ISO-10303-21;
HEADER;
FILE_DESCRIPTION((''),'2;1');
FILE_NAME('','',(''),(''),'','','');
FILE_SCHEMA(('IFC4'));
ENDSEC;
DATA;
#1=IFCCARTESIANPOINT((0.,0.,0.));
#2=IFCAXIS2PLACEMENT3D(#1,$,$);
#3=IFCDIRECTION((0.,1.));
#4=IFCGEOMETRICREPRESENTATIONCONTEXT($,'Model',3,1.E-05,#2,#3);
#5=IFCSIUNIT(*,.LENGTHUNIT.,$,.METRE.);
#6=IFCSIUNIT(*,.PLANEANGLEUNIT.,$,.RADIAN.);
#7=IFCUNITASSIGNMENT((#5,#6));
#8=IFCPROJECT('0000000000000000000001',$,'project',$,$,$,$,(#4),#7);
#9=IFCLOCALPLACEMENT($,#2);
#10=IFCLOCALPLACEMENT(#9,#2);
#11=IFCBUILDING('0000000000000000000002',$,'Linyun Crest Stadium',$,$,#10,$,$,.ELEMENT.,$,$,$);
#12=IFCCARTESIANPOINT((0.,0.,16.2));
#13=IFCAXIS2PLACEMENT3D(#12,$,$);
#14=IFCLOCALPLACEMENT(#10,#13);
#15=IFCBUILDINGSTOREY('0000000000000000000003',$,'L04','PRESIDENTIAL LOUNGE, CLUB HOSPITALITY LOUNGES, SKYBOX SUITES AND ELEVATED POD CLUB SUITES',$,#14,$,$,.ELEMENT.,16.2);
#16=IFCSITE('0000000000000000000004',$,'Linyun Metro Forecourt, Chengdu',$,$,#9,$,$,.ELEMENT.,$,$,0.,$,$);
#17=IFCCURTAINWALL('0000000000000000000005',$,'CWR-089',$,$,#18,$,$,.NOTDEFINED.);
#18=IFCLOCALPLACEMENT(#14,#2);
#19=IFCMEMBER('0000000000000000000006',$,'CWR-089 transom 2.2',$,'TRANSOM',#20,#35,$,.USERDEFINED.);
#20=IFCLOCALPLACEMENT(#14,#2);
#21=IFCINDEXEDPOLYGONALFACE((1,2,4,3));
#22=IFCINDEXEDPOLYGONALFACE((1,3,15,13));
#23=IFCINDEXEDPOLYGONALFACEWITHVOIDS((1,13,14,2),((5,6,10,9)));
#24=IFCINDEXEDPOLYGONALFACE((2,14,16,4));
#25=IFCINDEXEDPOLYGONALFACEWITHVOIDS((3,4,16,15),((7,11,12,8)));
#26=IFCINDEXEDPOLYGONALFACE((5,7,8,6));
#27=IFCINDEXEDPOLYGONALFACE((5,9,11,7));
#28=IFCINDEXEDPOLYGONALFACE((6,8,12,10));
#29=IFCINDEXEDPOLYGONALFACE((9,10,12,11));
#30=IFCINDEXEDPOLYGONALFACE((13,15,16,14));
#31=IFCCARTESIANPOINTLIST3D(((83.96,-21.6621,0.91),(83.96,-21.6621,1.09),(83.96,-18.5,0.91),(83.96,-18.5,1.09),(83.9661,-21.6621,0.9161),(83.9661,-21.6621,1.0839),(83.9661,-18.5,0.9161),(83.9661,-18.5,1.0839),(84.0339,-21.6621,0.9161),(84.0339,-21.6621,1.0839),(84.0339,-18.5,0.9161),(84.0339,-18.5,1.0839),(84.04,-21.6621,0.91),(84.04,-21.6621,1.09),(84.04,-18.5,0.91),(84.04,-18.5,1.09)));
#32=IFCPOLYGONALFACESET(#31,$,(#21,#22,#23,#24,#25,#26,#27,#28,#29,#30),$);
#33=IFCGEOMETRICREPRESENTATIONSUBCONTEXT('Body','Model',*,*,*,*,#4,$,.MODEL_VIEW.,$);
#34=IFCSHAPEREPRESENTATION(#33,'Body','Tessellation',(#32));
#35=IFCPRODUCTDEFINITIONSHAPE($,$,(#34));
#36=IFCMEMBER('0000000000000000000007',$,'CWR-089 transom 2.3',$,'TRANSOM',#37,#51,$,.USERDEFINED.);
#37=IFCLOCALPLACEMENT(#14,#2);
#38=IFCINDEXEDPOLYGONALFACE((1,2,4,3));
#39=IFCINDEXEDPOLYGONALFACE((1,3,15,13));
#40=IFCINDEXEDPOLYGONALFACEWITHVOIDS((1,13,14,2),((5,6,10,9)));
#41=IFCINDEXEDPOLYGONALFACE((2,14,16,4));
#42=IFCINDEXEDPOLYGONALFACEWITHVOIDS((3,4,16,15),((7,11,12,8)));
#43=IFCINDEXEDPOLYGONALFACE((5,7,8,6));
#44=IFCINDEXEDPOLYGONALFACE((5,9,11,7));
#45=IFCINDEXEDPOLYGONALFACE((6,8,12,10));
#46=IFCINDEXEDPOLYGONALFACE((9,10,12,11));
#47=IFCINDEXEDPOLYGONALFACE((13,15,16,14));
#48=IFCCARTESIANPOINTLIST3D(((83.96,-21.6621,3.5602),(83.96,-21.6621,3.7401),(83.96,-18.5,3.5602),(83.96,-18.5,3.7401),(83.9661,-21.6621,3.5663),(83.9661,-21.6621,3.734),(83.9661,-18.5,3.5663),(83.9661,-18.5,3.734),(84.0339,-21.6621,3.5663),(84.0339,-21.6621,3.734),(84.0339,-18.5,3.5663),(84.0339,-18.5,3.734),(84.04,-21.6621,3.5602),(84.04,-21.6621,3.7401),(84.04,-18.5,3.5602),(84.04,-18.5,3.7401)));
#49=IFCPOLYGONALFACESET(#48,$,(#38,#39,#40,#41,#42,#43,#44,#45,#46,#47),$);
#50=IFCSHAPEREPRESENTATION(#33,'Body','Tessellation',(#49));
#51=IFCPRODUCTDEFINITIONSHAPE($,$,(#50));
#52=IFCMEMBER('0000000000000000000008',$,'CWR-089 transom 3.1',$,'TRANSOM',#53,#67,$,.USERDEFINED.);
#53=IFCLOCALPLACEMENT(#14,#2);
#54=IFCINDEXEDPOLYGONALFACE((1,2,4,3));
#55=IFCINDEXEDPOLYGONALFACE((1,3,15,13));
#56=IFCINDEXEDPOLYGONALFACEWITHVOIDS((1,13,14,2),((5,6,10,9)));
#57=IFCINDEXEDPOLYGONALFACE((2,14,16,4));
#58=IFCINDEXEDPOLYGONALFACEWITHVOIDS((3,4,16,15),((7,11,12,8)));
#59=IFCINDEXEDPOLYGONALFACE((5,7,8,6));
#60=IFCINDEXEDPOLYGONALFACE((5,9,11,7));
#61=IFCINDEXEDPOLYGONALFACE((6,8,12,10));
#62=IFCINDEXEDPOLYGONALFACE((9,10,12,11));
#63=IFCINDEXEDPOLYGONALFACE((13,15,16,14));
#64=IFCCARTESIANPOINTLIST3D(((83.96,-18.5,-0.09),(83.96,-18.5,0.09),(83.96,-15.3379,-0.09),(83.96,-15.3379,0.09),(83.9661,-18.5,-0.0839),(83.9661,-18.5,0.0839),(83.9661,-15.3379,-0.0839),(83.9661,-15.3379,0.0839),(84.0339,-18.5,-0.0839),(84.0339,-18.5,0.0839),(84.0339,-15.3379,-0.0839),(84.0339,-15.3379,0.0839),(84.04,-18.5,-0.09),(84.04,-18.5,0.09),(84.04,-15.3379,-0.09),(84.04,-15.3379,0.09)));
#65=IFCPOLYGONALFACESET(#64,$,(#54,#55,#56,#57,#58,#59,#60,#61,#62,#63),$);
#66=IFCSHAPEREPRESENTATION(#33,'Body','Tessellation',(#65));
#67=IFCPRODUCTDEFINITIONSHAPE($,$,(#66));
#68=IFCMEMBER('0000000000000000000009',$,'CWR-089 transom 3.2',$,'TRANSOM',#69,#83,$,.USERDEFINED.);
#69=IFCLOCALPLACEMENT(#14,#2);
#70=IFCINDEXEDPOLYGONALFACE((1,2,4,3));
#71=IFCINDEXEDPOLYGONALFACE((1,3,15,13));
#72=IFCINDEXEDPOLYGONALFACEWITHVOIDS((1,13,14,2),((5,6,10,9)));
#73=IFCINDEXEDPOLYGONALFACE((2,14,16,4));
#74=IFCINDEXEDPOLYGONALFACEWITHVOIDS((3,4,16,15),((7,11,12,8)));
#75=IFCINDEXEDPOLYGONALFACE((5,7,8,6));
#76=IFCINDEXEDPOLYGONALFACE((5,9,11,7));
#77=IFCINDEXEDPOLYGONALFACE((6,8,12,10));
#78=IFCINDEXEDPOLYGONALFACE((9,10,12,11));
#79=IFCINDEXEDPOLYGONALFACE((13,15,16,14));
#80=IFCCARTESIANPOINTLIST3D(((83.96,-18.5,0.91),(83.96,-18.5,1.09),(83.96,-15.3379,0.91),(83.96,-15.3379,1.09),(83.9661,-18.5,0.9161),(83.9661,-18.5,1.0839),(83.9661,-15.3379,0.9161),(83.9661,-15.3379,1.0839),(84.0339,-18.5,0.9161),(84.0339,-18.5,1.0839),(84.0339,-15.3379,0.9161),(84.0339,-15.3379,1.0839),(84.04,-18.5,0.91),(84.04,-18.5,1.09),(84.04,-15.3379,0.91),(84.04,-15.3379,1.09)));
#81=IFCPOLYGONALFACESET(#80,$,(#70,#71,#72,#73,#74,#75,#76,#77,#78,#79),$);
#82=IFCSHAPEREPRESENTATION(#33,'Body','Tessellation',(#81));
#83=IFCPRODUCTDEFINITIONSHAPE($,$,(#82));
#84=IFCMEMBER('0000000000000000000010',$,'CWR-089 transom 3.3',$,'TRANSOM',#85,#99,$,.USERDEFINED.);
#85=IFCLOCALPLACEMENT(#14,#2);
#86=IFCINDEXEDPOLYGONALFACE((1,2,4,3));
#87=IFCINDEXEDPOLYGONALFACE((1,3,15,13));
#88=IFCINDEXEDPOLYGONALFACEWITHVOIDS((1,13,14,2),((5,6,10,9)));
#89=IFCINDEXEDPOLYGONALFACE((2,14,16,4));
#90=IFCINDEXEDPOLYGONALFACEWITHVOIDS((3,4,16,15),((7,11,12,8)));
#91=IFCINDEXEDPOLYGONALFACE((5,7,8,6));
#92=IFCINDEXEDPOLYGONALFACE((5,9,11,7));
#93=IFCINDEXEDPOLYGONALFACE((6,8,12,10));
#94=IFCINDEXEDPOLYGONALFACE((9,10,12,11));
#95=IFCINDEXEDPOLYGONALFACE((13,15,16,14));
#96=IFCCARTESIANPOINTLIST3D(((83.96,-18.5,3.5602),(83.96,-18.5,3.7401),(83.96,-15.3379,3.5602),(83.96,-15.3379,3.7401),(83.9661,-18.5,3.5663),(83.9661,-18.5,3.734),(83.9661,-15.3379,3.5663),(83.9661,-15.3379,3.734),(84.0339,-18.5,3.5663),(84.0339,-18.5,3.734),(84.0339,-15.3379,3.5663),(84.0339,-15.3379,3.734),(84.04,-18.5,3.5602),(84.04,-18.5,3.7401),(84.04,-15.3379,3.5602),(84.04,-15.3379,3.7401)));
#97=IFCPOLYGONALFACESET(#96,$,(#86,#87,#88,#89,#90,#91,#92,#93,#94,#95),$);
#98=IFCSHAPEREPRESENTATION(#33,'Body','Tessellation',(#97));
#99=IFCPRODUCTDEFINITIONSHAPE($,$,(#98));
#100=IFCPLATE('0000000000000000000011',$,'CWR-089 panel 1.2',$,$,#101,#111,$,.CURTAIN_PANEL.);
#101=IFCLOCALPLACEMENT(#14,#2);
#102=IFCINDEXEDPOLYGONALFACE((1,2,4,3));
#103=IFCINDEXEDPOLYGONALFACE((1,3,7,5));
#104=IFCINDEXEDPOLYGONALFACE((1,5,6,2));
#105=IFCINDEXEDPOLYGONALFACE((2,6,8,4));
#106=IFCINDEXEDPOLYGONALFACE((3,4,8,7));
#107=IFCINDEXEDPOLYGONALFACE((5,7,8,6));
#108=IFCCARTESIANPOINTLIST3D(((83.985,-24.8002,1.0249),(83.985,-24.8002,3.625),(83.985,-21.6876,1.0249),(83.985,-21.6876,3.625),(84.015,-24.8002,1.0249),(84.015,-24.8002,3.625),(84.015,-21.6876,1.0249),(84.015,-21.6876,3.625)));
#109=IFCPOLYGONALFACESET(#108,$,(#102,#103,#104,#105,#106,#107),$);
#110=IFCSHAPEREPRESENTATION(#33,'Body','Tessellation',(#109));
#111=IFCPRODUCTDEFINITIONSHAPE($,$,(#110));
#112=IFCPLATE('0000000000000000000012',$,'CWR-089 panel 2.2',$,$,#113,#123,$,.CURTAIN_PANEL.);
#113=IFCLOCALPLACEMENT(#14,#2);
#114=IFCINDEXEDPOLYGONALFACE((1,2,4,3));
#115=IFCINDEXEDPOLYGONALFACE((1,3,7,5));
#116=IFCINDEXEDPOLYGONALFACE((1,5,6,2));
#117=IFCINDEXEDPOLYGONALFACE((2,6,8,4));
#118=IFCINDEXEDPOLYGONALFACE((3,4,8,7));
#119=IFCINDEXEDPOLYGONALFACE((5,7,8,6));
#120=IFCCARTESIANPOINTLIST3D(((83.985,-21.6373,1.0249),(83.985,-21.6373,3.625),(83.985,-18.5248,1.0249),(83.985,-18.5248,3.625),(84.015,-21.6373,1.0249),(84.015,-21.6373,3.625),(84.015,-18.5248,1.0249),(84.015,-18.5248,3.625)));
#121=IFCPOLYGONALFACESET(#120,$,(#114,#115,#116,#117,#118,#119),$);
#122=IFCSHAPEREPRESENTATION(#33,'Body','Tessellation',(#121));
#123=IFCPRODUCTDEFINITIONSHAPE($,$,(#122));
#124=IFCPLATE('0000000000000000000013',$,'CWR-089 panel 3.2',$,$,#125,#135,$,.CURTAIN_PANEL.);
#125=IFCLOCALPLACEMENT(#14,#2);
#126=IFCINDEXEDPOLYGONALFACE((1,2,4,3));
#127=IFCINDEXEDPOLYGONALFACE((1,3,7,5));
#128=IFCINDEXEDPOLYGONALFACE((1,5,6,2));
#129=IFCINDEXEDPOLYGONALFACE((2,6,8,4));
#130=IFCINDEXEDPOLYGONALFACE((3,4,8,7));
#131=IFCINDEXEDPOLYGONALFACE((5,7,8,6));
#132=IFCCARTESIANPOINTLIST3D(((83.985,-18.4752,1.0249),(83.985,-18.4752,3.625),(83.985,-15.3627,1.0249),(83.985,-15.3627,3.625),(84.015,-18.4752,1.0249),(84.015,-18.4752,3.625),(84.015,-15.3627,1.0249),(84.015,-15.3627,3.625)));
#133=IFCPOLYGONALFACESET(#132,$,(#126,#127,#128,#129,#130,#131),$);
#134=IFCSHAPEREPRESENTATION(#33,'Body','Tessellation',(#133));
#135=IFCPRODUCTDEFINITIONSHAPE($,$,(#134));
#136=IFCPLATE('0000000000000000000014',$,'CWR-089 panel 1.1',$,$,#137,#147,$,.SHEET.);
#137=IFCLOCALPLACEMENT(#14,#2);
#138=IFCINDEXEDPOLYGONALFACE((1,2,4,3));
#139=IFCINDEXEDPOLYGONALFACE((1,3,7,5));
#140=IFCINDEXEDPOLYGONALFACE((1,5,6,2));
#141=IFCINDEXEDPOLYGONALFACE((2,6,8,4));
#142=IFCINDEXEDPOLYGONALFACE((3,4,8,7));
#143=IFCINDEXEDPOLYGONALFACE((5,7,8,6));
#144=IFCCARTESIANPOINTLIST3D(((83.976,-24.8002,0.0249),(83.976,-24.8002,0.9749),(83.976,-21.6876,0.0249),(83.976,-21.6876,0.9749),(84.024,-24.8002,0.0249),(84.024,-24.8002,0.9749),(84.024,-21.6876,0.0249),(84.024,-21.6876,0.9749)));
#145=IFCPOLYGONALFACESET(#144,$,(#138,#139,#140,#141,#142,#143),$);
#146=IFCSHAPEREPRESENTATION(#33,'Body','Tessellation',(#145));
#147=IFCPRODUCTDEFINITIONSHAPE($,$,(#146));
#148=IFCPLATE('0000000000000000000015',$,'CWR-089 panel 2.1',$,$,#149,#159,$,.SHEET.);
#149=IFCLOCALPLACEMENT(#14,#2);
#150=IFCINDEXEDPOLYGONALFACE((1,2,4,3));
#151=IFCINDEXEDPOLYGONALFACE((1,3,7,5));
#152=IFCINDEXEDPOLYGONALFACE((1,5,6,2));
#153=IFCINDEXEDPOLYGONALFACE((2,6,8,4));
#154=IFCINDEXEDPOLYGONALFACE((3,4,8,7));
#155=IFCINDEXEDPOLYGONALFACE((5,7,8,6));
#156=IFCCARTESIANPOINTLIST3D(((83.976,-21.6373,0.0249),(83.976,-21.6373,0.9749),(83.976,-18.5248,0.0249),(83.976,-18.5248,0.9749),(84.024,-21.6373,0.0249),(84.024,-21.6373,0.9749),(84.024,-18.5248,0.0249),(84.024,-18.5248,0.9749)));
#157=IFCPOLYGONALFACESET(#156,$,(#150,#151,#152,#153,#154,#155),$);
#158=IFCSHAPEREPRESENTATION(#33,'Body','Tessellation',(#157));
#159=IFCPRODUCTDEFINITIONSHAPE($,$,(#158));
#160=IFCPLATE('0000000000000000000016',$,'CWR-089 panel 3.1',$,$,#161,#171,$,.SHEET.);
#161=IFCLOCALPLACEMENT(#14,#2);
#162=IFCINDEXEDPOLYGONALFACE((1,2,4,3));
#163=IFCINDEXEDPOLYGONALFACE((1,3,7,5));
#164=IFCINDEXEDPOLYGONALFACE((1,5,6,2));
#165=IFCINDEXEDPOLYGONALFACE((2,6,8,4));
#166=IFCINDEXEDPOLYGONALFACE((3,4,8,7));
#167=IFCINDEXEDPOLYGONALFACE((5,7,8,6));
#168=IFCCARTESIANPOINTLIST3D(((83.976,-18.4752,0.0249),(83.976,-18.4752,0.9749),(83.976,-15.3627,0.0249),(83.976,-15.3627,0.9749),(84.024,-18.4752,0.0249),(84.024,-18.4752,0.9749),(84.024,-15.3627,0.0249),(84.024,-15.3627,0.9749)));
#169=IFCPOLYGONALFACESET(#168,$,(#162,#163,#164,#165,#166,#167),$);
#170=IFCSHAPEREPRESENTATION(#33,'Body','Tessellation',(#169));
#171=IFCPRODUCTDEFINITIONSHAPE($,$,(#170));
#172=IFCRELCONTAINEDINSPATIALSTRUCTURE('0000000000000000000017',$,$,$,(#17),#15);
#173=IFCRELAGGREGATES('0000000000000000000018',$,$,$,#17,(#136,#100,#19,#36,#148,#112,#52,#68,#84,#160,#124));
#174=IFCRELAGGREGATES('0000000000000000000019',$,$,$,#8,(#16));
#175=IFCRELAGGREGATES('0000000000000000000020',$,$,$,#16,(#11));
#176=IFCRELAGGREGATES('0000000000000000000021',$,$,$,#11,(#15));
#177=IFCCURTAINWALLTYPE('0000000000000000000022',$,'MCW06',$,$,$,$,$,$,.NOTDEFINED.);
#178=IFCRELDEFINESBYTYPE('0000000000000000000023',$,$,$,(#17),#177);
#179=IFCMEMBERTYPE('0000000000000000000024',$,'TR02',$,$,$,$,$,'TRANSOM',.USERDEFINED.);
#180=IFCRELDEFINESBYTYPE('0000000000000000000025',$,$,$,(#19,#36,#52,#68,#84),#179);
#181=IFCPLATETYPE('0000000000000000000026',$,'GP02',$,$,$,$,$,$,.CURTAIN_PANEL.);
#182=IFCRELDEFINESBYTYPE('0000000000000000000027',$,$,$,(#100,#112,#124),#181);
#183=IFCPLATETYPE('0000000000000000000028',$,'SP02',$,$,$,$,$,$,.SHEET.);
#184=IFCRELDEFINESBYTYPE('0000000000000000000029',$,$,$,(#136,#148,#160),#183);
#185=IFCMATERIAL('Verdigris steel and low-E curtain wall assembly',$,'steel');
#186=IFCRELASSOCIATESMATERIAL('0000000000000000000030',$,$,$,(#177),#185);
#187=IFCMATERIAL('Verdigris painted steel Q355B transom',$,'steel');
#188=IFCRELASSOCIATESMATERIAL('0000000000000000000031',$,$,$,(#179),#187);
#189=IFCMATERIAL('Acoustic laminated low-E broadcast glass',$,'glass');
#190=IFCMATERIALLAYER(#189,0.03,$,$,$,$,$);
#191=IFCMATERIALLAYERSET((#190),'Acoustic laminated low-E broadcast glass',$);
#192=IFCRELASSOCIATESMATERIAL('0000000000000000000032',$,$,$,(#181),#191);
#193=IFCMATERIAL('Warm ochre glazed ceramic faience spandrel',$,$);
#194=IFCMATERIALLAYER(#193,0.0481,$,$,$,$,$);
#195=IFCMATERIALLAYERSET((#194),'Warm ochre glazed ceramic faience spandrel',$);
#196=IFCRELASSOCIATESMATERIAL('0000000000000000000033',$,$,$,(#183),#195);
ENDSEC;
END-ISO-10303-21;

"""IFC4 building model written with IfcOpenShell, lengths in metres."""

from ifc_helpers import new_model, si_unit, direction, frame, origin, origin_2d, place, context, subcontext, project, spatial, rectangle, hollow_rectangle, extrude, material, layer, layer_set, material_profile, profile_set, type_object, element, aggregate, save


model = new_model("IFC4")

# Units and contexts
model_context = context("Model", 3, precision=1e-05, world=origin(), true_north=direction((0.0, 1.0)))
body_context = subcontext(model_context, "Body", "Model", "MODEL_VIEW")
ifc_project = project(units=[si_unit("LENGTHUNIT", "METRE"), si_unit("PLANEANGLEUNIT", "RADIAN")], contexts=[model_context])

# Site, building, storey
site_placement = place(None, origin())
site = spatial("IfcSite", under=ifc_project, at=site_placement, Name="Linyun Metro Forecourt, Chengdu", CompositionType="ELEMENT", RefElevation=0.0)
building_placement = place(site_placement, origin())
building = spatial("IfcBuilding", under=site, at=building_placement, Name="Linyun Crest Stadium", CompositionType="ELEMENT")
storey_placement = place(building_placement, frame((0.0, 0.0, 16.2)))
storey = spatial("IfcBuildingStorey", under=building, at=storey_placement, Name="L04", Description="PRESIDENTIAL LOUNGE, CLUB HOSPITALITY LOUNGES, SKYBOX SUITES AND ELEVATED POD CLUB SUITES", CompositionType="ELEMENT", Elevation=16.2)

# Curtain wall
ifc_material_1 = material(Name="Verdigris steel and low-E curtain wall assembly", Category="steel")
curtain_wall_type = type_object("IfcCurtainWallType", Name="MCW06", PredefinedType="NOTDEFINED", material=ifc_material_1)
curtain_wall_placement = place(storey_placement, origin())
curtain_wall = element("IfcCurtainWall", 1, at=curtain_wall_placement, inside=storey, type_object=curtain_wall_type, Name="CWR-089", PredefinedType="NOTDEFINED")

# Members
ifc_material_2 = material(Name="Verdigris painted steel Q355B transom", Category="steel")
ifc_material_profile_1 = material_profile(ifc_material_2, hollow_rectangle(XDim=0.0801, YDim=0.1799, WallThickness=0.0061, at=origin_2d()), Name="RHS 180x80x6")
ifc_profile_set_1 = profile_set([ifc_material_profile_1], Name="Verdigris painted steel Q355B transom")
member_type_1 = type_object("IfcMemberType", Name="TR02", ElementType="TRANSOM", PredefinedType="USERDEFINED", material=ifc_profile_set_1)
member_1_placement = place(storey_placement, frame((84.0, -21.6621, 1.0), z_axis=(0.0, 1.0, 0.0), x_axis=(-1.0, 0.0, 0.0)))
member_1 = element("IfcMember", 2, at=member_1_placement, type_object=member_type_1, Name="CWR-089 transom 2.2", ObjectType="TRANSOM", PredefinedType="USERDEFINED", context=body_context, shape_type="SweptSolid", body=[
    extrude(hollow_rectangle(XDim=0.0801, YDim=0.1799, WallThickness=0.0061, at=origin_2d()), origin(), (0.0, 0.0, 1.0), 3.1621),
])
member_2_placement = place(storey_placement, frame((84.0, -21.6621, 3.6501), z_axis=(0.0, 1.0, 0.0), x_axis=(-1.0, 0.0, 0.0)))
member_2 = element("IfcMember", 3, at=member_2_placement, type_object=member_type_1, Name="CWR-089 transom 2.3", ObjectType="TRANSOM", PredefinedType="USERDEFINED", context=body_context, shape_type="SweptSolid", body=[
    extrude(hollow_rectangle(XDim=0.0801, YDim=0.1799, WallThickness=0.0061, at=origin_2d()), origin(), (0.0, 0.0, 1.0), 3.1621),
])
member_3_placement = place(storey_placement, frame((84.0, -18.5, 0.0), z_axis=(0.0, 1.0, 0.0), x_axis=(-1.0, 0.0, 0.0)))
member_3 = element("IfcMember", 4, at=member_3_placement, type_object=member_type_1, Name="CWR-089 transom 3.1", ObjectType="TRANSOM", PredefinedType="USERDEFINED", context=body_context, shape_type="SweptSolid", body=[
    extrude(hollow_rectangle(XDim=0.0801, YDim=0.1799, WallThickness=0.0061, at=origin_2d()), origin(), (0.0, 0.0, 1.0), 3.1621),
])
member_4_placement = place(storey_placement, frame((84.0, -18.5, 1.0), z_axis=(0.0, 1.0, 0.0), x_axis=(-1.0, 0.0, 0.0)))
member_4 = element("IfcMember", 5, at=member_4_placement, type_object=member_type_1, Name="CWR-089 transom 3.2", ObjectType="TRANSOM", PredefinedType="USERDEFINED", context=body_context, shape_type="SweptSolid", body=[
    extrude(hollow_rectangle(XDim=0.0801, YDim=0.1799, WallThickness=0.0061, at=origin_2d()), origin(), (0.0, 0.0, 1.0), 3.1621),
])
member_5_placement = place(storey_placement, frame((84.0, -18.5, 3.6501), z_axis=(0.0, 1.0, 0.0), x_axis=(-1.0, 0.0, 0.0)))
member_5 = element("IfcMember", 6, at=member_5_placement, type_object=member_type_1, Name="CWR-089 transom 3.3", ObjectType="TRANSOM", PredefinedType="USERDEFINED", context=body_context, shape_type="SweptSolid", body=[
    extrude(hollow_rectangle(XDim=0.0801, YDim=0.1799, WallThickness=0.0061, at=origin_2d()), origin(), (0.0, 0.0, 1.0), 3.1621),
])

# Plates
ifc_material_3 = material(Name="Acoustic laminated low-E broadcast glass", Category="glass")
ifc_layer_1 = layer(ifc_material_3, 0.03)
ifc_layer_set_1 = layer_set([ifc_layer_1], Name="Acoustic laminated low-E broadcast glass")
plate_type_1 = type_object("IfcPlateType", Name="GP02", PredefinedType="CURTAIN_PANEL", material=ifc_layer_set_1)
plate_1_placement = place(storey_placement, frame((84.0, -23.2439, 1.0249), z_axis=(0.0, 0.0, 1.0), x_axis=(0.0, 1.0, 0.0)))
plate_1 = element("IfcPlate", 7, at=plate_1_placement, type_object=plate_type_1, Name="CWR-089 panel 1.2", PredefinedType="CURTAIN_PANEL", context=body_context, shape_type="SweptSolid", body=[
    extrude(rectangle(XDim=3.1125, YDim=0.03, at=origin_2d()), origin(), (0.0, 0.0, 1.0), 2.6001),
])
plate_2_placement = place(storey_placement, frame((84.0, -20.0811, 1.0249), z_axis=(0.0, 0.0, 1.0), x_axis=(0.0, 1.0, 0.0)))
plate_2 = element("IfcPlate", 8, at=plate_2_placement, type_object=plate_type_1, Name="CWR-089 panel 2.2", PredefinedType="CURTAIN_PANEL", context=body_context, shape_type="SweptSolid", body=[
    extrude(rectangle(XDim=3.1125, YDim=0.03, at=origin_2d()), origin(), (0.0, 0.0, 1.0), 2.6001),
])
plate_3_placement = place(storey_placement, frame((84.0, -16.9189, 1.0249), z_axis=(0.0, 0.0, 1.0), x_axis=(0.0, 1.0, 0.0)))
plate_3 = element("IfcPlate", 9, at=plate_3_placement, type_object=plate_type_1, Name="CWR-089 panel 3.2", PredefinedType="CURTAIN_PANEL", context=body_context, shape_type="SweptSolid", body=[
    extrude(rectangle(XDim=3.1125, YDim=0.03, at=origin_2d()), origin(), (0.0, 0.0, 1.0), 2.6001),
])
ifc_material_4 = material(Name="Warm ochre glazed ceramic faience spandrel")
ifc_layer_2 = layer(ifc_material_4, 0.0481)
ifc_layer_set_2 = layer_set([ifc_layer_2], Name="Warm ochre glazed ceramic faience spandrel")
plate_type_2 = type_object("IfcPlateType", Name="SP02", PredefinedType="SHEET", material=ifc_layer_set_2)
plate_4_placement = place(storey_placement, frame((84.0, -23.2439, 0.0249), z_axis=(0.0, 0.0, 1.0), x_axis=(0.0, 1.0, 0.0)))
plate_4 = element("IfcPlate", 10, at=plate_4_placement, type_object=plate_type_2, Name="CWR-089 panel 1.1", PredefinedType="SHEET", context=body_context, shape_type="SweptSolid", body=[
    extrude(rectangle(XDim=3.1125, YDim=0.0481, at=origin_2d()), origin(), (0.0, 0.0, 1.0), 0.95),
])
plate_5_placement = place(storey_placement, frame((84.0, -20.0811, 0.0249), z_axis=(0.0, 0.0, 1.0), x_axis=(0.0, 1.0, 0.0)))
plate_5 = element("IfcPlate", 11, at=plate_5_placement, type_object=plate_type_2, Name="CWR-089 panel 2.1", PredefinedType="SHEET", context=body_context, shape_type="SweptSolid", body=[
    extrude(rectangle(XDim=3.1125, YDim=0.0481, at=origin_2d()), origin(), (0.0, 0.0, 1.0), 0.95),
])
plate_6_placement = place(storey_placement, frame((84.0, -16.9189, 0.0249), z_axis=(0.0, 0.0, 1.0), x_axis=(0.0, 1.0, 0.0)))
plate_6 = element("IfcPlate", 12, at=plate_6_placement, type_object=plate_type_2, Name="CWR-089 panel 3.1", PredefinedType="SHEET", context=body_context, shape_type="SweptSolid", body=[
    extrude(rectangle(XDim=3.1125, YDim=0.0481, at=origin_2d()), origin(), (0.0, 0.0, 1.0), 0.95),
])
aggregate(curtain_wall, [plate_4, plate_1, member_1, member_2, plate_5, plate_2, member_3, member_4, member_5, plate_6, plate_3])

save(model, "model.ifc")
